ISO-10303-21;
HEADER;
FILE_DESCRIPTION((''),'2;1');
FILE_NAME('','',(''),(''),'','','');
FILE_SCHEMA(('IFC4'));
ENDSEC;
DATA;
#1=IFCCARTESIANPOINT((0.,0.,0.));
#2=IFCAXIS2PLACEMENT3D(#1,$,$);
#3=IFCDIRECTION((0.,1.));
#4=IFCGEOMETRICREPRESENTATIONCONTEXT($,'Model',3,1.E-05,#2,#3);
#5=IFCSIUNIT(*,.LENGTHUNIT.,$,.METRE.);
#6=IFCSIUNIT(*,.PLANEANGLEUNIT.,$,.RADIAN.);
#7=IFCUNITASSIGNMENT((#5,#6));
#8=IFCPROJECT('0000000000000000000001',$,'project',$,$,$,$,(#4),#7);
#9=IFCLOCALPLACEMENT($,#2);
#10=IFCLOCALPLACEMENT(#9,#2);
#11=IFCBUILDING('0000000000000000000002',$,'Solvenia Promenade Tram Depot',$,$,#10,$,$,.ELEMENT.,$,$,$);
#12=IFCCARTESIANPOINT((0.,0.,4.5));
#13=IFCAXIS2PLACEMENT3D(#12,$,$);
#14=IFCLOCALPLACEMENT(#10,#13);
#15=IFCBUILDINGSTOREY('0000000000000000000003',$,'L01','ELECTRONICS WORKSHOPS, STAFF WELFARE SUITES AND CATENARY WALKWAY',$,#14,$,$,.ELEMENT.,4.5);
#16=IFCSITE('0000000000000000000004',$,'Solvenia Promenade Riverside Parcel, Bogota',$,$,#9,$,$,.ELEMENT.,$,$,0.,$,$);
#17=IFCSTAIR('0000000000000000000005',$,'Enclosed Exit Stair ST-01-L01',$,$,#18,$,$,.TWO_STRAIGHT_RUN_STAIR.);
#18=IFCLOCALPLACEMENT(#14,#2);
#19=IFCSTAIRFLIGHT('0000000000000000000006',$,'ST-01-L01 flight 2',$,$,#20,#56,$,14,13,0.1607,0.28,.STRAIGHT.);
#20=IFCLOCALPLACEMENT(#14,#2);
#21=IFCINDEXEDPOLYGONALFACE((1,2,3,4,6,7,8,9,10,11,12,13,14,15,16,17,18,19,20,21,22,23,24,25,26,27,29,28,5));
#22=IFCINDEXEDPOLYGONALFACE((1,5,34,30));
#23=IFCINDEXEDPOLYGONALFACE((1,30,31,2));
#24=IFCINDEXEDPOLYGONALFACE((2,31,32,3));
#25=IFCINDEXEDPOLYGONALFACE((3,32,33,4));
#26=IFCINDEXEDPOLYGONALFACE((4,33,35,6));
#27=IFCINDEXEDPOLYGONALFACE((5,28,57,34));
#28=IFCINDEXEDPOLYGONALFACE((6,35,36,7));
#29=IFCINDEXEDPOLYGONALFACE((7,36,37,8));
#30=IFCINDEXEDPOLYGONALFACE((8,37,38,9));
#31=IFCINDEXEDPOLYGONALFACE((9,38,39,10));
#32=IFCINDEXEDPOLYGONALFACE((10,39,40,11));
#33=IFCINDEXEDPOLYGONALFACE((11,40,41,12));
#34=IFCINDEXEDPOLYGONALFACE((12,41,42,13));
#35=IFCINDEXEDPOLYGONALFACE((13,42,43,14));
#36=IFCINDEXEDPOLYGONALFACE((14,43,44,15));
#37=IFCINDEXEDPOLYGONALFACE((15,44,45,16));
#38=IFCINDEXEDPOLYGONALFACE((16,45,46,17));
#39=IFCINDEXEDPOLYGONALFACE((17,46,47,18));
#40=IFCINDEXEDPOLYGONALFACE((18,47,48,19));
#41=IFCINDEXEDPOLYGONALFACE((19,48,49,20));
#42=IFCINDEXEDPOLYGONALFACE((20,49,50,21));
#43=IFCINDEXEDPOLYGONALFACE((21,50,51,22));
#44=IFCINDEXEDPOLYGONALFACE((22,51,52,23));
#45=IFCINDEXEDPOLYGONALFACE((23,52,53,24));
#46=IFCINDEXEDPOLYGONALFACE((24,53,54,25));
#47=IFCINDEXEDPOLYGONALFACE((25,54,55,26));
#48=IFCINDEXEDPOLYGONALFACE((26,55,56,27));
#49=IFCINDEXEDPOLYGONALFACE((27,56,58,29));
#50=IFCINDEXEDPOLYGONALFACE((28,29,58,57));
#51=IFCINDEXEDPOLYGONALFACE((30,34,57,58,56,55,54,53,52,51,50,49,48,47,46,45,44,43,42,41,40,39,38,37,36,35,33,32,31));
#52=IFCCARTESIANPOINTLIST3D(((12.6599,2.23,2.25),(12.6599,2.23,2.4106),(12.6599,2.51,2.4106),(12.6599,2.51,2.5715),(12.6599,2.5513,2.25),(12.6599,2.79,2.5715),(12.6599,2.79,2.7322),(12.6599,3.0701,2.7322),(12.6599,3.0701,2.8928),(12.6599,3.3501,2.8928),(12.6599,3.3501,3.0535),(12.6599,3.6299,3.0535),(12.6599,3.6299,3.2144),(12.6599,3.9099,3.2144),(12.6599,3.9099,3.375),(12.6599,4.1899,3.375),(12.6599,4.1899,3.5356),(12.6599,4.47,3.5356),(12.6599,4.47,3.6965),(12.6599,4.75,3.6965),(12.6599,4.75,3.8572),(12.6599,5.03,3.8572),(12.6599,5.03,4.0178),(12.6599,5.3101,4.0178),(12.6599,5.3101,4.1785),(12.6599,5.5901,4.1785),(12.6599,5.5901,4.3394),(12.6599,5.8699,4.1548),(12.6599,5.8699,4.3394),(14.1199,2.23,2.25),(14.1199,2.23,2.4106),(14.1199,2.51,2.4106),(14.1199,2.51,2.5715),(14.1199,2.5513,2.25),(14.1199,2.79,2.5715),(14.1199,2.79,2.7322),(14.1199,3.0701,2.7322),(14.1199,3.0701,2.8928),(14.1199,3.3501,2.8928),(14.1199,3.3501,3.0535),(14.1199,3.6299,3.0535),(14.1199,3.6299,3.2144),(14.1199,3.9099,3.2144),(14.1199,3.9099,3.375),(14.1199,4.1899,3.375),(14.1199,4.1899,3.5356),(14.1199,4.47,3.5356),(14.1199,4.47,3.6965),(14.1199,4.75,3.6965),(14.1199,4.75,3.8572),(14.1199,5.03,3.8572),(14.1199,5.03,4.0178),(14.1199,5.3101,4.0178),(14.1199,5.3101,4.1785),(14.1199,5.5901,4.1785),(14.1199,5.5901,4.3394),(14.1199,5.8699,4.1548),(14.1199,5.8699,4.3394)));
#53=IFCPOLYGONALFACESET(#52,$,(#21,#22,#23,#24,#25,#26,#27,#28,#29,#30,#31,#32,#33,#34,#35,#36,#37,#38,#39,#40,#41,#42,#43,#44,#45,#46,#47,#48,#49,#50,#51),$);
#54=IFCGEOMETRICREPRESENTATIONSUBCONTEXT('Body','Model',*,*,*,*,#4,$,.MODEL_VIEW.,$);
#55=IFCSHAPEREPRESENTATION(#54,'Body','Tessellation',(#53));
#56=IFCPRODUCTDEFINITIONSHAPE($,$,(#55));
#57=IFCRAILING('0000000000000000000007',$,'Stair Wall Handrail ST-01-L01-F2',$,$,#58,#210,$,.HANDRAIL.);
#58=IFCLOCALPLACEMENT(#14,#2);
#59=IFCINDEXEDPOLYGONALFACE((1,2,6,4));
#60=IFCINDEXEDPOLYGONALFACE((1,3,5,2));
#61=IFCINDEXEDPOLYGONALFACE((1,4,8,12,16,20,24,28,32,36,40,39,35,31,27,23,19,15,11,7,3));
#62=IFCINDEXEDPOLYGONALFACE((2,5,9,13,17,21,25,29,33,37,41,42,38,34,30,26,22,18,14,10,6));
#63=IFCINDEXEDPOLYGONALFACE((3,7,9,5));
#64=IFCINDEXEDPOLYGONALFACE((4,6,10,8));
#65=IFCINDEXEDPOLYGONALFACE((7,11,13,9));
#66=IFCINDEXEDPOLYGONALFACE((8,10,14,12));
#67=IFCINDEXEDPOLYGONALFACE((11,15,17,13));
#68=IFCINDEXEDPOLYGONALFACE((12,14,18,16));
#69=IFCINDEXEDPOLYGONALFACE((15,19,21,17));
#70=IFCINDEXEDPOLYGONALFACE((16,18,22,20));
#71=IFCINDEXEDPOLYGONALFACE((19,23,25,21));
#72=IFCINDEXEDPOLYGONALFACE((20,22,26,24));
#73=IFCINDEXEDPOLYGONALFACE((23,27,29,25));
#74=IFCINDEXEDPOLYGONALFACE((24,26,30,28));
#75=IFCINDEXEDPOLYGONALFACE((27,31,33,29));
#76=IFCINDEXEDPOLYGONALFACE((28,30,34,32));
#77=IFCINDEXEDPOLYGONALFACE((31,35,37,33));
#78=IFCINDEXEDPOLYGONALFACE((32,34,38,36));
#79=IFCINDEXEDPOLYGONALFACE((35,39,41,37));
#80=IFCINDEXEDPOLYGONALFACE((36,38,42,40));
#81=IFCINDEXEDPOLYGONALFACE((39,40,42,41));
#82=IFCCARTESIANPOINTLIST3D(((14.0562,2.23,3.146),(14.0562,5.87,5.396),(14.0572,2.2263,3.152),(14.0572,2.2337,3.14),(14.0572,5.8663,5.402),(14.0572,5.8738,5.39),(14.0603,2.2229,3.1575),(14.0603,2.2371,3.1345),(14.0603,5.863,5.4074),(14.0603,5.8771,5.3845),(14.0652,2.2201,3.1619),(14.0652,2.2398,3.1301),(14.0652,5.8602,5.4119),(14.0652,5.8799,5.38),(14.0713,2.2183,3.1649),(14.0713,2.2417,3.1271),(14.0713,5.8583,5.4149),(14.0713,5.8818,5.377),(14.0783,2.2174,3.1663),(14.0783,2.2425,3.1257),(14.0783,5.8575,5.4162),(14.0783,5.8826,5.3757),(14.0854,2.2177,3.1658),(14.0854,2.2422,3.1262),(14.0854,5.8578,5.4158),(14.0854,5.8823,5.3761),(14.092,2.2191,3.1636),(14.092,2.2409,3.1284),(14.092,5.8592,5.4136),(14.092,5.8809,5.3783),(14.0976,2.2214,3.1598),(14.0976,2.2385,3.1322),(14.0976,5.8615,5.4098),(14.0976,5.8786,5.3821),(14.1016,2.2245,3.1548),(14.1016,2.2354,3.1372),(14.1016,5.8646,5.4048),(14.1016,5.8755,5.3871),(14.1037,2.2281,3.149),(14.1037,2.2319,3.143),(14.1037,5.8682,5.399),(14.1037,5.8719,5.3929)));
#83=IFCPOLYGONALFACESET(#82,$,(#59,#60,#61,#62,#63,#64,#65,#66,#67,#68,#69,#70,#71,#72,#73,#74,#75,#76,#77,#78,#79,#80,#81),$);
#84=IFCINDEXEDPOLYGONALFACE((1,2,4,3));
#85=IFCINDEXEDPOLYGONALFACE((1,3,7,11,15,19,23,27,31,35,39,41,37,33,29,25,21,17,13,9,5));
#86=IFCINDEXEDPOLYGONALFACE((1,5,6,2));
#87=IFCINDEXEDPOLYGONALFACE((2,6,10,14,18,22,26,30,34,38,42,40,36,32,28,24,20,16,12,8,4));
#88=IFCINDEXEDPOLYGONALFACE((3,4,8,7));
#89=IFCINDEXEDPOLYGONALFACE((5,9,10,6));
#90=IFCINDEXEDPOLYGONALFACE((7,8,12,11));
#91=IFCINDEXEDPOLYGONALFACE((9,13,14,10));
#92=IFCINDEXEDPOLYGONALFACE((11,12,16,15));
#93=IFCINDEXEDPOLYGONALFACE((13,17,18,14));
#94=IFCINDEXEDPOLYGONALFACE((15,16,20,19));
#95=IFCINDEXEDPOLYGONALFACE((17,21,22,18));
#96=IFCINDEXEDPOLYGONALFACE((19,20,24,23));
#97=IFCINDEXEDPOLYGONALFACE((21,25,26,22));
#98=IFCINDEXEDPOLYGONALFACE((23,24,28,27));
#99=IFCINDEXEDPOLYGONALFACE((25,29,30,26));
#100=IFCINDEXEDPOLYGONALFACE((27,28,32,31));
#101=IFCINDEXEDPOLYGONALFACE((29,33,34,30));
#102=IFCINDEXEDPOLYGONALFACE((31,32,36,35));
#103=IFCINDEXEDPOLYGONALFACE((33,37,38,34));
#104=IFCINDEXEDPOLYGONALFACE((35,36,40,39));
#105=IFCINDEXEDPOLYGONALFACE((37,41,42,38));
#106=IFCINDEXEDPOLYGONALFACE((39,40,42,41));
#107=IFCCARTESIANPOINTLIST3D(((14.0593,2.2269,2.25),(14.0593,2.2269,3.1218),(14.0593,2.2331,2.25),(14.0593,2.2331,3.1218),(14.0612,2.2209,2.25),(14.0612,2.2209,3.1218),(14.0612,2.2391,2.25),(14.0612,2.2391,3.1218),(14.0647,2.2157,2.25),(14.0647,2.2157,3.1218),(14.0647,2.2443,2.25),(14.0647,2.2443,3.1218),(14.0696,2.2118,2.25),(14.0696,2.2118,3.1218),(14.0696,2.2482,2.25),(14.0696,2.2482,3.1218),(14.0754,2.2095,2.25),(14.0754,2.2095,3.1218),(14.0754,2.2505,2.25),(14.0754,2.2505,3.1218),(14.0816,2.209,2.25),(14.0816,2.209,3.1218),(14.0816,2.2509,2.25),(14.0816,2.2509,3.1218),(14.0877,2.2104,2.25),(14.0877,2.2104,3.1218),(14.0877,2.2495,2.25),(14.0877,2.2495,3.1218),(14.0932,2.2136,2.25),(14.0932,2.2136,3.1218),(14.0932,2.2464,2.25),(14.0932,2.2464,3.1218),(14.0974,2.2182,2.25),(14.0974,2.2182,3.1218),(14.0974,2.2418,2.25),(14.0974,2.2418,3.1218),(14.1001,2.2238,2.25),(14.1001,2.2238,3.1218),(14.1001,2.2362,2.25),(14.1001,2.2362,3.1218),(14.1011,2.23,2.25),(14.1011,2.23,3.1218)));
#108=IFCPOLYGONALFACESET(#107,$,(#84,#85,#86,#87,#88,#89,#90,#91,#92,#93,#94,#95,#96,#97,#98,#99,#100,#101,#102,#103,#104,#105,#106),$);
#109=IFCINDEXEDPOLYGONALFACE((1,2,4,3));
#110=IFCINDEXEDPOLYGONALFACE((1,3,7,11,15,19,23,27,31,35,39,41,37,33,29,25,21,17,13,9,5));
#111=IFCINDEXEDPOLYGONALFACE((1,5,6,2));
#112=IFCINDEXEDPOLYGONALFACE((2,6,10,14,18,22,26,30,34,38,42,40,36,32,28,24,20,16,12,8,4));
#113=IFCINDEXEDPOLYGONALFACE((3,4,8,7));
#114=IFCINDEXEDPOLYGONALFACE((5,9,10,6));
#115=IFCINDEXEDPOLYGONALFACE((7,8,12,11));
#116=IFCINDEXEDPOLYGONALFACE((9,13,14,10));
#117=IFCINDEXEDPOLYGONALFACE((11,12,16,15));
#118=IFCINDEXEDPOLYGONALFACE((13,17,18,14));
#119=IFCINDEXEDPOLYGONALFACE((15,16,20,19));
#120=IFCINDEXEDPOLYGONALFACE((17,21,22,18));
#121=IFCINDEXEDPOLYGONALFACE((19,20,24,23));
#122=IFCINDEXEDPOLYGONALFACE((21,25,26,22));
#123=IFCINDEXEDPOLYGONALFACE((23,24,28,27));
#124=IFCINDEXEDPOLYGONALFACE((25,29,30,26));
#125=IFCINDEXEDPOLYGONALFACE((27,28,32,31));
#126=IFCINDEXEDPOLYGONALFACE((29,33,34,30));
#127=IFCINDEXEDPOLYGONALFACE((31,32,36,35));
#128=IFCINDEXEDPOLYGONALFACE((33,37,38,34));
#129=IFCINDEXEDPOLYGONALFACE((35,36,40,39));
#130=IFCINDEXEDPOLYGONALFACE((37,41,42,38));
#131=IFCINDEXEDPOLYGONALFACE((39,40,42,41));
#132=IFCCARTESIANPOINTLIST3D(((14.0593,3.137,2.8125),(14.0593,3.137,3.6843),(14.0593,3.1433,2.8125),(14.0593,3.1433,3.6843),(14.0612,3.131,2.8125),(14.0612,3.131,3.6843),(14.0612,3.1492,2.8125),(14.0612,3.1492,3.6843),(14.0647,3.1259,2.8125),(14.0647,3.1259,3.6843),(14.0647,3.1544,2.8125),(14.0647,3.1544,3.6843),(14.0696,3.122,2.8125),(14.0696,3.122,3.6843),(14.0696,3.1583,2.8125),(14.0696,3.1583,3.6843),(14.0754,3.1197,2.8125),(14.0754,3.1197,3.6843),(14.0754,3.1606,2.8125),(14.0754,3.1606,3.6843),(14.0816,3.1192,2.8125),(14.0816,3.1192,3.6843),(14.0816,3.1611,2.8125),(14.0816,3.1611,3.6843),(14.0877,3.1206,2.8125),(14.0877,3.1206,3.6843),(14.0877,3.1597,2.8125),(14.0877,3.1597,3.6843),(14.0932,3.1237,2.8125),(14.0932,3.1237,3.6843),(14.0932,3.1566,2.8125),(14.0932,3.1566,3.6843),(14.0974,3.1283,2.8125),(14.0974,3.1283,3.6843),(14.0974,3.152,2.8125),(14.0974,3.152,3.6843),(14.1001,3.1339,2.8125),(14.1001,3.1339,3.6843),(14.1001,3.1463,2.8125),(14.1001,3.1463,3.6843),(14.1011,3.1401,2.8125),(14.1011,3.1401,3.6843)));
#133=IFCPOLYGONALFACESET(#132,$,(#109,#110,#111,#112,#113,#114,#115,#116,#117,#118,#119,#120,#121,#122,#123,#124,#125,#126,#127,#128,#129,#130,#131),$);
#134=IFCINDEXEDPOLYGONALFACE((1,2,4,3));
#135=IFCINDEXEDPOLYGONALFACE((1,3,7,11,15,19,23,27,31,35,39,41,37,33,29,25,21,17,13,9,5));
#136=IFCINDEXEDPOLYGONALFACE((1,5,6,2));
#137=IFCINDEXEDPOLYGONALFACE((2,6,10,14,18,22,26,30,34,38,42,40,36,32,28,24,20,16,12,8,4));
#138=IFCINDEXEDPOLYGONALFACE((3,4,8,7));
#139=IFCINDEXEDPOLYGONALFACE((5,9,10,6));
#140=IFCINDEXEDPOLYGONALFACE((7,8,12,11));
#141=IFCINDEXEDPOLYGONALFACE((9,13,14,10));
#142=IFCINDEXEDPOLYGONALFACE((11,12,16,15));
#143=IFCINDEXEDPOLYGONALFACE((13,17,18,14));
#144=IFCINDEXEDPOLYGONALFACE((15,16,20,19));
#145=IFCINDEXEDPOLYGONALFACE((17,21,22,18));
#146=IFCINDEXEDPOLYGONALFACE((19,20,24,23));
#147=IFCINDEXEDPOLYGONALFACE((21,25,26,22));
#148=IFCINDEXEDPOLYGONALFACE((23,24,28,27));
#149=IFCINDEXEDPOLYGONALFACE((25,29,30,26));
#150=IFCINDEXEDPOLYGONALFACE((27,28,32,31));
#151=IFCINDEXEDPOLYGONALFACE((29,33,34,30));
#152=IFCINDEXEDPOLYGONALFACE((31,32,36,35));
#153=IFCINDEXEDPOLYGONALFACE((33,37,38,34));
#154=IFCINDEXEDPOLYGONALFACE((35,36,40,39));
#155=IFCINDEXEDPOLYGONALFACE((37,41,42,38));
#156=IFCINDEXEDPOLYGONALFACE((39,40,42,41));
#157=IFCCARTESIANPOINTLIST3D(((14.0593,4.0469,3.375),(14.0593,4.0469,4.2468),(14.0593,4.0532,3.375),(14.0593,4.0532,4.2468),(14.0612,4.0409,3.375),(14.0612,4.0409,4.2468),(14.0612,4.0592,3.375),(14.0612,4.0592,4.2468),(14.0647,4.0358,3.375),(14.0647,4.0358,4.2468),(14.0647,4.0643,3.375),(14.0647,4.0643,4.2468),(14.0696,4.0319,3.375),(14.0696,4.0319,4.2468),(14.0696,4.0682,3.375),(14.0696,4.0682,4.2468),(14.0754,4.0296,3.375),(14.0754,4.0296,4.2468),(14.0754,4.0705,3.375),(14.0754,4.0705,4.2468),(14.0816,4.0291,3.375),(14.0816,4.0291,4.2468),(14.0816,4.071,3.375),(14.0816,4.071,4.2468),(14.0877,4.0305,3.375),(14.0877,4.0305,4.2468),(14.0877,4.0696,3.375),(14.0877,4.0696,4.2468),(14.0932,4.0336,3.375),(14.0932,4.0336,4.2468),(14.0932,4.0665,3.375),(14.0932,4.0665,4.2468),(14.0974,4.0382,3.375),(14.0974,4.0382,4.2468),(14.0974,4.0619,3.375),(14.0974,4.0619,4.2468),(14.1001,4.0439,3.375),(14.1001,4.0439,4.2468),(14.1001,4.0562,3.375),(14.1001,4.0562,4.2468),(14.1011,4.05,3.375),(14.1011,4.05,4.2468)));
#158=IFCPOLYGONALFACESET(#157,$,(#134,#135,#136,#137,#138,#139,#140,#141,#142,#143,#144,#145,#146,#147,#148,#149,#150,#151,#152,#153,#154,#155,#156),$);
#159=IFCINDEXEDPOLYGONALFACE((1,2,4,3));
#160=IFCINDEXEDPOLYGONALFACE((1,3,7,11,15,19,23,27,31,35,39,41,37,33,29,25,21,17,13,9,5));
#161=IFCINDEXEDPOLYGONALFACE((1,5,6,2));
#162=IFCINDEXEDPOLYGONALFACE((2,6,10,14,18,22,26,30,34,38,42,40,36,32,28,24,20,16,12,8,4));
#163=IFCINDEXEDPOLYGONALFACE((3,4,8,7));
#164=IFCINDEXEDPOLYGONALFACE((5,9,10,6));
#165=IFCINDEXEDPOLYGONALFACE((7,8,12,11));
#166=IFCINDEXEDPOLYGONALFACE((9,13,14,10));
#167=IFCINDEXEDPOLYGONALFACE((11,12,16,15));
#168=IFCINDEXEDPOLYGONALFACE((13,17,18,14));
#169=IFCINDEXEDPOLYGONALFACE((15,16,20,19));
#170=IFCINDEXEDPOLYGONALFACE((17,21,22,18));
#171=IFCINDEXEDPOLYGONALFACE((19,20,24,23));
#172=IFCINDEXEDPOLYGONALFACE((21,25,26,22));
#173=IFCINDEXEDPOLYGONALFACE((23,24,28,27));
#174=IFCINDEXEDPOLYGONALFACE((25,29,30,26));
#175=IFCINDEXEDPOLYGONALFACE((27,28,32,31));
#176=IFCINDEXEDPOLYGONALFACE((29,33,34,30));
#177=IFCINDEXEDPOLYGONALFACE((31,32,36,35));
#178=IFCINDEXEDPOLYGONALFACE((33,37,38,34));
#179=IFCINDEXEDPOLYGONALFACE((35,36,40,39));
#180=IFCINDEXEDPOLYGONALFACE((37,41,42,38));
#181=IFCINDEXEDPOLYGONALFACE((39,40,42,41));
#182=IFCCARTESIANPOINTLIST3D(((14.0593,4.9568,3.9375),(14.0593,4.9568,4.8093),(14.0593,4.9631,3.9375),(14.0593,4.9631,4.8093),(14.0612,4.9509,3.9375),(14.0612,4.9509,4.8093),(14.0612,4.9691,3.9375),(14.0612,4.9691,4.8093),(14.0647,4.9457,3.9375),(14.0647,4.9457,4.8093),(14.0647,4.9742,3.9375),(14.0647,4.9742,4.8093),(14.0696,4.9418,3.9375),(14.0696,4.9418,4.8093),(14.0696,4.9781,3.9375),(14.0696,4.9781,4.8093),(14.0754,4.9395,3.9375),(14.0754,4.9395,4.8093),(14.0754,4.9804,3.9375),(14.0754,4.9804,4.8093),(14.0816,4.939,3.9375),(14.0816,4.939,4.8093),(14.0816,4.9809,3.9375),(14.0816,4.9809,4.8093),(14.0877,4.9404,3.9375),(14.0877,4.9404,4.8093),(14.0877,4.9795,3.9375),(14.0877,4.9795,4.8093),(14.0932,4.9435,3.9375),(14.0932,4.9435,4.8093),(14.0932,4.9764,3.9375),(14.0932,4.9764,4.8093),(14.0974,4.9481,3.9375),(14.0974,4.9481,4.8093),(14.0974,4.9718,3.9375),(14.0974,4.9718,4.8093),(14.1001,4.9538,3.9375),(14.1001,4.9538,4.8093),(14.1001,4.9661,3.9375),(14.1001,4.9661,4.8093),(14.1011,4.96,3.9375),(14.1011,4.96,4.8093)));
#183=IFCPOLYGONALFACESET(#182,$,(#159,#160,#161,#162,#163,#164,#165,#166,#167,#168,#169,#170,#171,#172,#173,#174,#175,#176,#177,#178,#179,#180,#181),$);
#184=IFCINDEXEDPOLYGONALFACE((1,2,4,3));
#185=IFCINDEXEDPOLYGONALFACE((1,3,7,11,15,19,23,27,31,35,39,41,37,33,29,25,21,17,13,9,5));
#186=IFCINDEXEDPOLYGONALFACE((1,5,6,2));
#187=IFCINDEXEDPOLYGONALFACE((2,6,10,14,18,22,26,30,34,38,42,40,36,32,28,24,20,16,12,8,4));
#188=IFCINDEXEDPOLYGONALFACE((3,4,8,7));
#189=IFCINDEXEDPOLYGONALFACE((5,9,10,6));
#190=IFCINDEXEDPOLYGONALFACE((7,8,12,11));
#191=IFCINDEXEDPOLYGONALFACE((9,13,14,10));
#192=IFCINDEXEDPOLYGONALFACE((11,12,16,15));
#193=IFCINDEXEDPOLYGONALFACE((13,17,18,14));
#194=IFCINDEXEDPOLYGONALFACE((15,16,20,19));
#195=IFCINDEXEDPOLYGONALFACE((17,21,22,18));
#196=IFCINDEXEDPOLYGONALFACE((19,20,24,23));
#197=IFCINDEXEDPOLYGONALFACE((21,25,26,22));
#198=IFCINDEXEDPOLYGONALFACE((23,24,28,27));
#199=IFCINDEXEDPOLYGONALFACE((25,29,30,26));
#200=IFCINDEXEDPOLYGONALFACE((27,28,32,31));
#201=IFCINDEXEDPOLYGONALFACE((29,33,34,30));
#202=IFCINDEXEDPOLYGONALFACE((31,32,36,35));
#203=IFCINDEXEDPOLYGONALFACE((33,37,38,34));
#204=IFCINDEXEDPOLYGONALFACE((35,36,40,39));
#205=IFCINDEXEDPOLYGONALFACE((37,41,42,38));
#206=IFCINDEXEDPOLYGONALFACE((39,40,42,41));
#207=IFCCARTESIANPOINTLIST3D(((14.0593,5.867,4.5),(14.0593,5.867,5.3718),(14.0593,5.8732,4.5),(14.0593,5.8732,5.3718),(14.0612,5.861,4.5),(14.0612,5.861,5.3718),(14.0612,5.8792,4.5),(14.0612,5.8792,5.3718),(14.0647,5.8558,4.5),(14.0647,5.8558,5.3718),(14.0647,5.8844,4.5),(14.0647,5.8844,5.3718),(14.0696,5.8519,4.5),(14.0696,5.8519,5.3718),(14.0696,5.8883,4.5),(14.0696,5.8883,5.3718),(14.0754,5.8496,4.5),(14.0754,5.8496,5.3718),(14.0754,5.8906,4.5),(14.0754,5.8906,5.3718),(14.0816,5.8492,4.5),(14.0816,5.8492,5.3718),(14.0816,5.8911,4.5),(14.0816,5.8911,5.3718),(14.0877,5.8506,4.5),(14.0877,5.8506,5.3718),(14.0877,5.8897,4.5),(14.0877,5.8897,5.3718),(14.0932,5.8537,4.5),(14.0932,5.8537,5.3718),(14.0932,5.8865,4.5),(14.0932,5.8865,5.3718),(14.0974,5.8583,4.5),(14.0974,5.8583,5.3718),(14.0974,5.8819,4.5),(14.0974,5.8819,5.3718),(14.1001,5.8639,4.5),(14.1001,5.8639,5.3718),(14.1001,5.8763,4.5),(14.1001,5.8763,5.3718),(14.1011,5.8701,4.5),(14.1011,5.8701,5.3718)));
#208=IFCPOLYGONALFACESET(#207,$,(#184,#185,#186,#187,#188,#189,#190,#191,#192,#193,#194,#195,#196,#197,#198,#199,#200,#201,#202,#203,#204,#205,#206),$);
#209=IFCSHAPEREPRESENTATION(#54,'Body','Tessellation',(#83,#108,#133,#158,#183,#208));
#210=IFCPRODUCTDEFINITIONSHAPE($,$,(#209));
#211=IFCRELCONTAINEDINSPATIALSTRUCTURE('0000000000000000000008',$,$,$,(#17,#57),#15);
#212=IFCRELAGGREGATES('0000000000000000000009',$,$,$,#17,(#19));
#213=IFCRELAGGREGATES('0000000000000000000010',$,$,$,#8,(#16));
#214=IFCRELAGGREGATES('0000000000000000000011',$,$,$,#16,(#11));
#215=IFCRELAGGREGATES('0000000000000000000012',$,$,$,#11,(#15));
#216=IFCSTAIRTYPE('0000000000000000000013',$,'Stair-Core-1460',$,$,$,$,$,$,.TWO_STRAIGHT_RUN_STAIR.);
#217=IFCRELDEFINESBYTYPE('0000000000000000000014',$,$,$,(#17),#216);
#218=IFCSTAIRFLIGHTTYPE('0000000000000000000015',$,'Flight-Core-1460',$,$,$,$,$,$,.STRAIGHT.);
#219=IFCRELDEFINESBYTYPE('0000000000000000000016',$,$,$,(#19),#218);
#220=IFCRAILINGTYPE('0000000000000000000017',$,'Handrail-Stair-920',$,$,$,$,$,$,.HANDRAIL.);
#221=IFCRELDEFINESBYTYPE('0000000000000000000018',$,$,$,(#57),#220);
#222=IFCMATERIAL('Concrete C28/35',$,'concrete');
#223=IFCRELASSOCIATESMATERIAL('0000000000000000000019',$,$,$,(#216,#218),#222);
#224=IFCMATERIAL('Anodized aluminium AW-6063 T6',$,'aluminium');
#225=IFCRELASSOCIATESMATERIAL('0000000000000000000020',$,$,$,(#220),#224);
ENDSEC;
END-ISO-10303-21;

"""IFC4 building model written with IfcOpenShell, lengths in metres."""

from ifc_helpers import new_model, si_unit, direction, frame, origin, origin_2d, place, context, subcontext, project, spatial, polyline, circle, outline, extrude, material, type_object, element, aggregate, save


model = new_model("IFC4")

# Units and contexts
model_context = context("Model", 3, precision=1e-05, world=origin(), true_north=direction((0.0, 1.0)))
body_context = subcontext(model_context, "Body", "Model", "MODEL_VIEW")
ifc_project = project(units=[si_unit("LENGTHUNIT", "METRE"), si_unit("PLANEANGLEUNIT", "RADIAN")], contexts=[model_context])

# Site, building, storey
site_placement = place(None, origin())
site = spatial("IfcSite", under=ifc_project, at=site_placement, Name="Solvenia Promenade Riverside Parcel, Bogota", CompositionType="ELEMENT", RefElevation=0.0)
building_placement = place(site_placement, origin())
building = spatial("IfcBuilding", under=site, at=building_placement, Name="Solvenia Promenade Tram Depot", CompositionType="ELEMENT")
storey_placement = place(building_placement, frame((0.0, 0.0, 4.5)))
storey = spatial("IfcBuildingStorey", under=building, at=storey_placement, Name="L01", Description="ELECTRONICS WORKSHOPS, STAFF WELFARE SUITES AND CATENARY WALKWAY", CompositionType="ELEMENT", Elevation=4.5)

# Shared definitions
ifc_material_1 = material(Name="Anodized aluminium AW-6063 T6", Category="aluminium")

# Shared definitions
ifc_material_2 = material(Name="Concrete C28/35", Category="concrete")

# Stair, stair flight
stair_type = type_object("IfcStairType", Name="Stair-Core-1460", PredefinedType="TWO_STRAIGHT_RUN_STAIR", material=ifc_material_2)
stair_placement = place(storey_placement, origin())
stair = element("IfcStair", 1, at=stair_placement, inside=storey, type_object=stair_type, Name="Enclosed Exit Stair ST-01-L01", PredefinedType="TWO_STRAIGHT_RUN_STAIR")
stair_flight_type = type_object("IfcStairFlightType", Name="Flight-Core-1460", PredefinedType="STRAIGHT", material=ifc_material_2)
stair_flight_placement = place(storey_placement, frame((13.3899, 2.23, 2.25), z_axis=(0.0, 0.0, 1.0), x_axis=(0.0, 1.0, 0.0)))
stair_flight = element("IfcStairFlight", 2, at=stair_flight_placement, type_object=stair_flight_type, Name="ST-01-L01 flight 2", NumberOfRisers=14, NumberOfTreads=13, PredefinedType="STRAIGHT", RiserHeight=0.1607, TreadLength=0.28, context=body_context, shape_type="SweptSolid", body=[
    extrude(outline(polyline([(0.0, 0.0), (0.0, 0.1606), (0.28, 0.1606), (0.28, 0.3215), (0.5601, 0.3215), (0.5601, 0.4822), (0.8401, 0.4822), (0.8401, 0.6428), (1.1201, 0.6428), (1.1201, 0.8035), (1.3999, 0.8035), (1.3999, 0.9644), (1.6799, 0.9644), (1.6799, 1.125), (1.96, 1.125), (1.96, 1.2856), (2.24, 1.2856), (2.24, 1.4465), (2.52, 1.4465), (2.52, 1.6072), (2.8, 1.6072), (2.8, 1.7678), (3.0801, 1.7678), (3.0801, 1.9285), (3.3601, 1.9285), (3.3601, 2.0894), (3.6399, 2.0894), (3.6399, 2.25), (3.6399, 1.9048), (0.3213, 0.0), (0.0, 0.0)])), frame((0.0, 0.73, 0.0), z_axis=(0.0, -1.0, 0.0), x_axis=(1.0, 0.0, 0.0)), (0.0, 0.0, 1.0), 1.46),
])
aggregate(stair, [stair_flight])

# Railing
railing_type = type_object("IfcRailingType", Name="Handrail-Stair-920", PredefinedType="HANDRAIL", material=ifc_material_1)
railing_placement = place(storey_placement, frame((14.0801, 2.23, 2.25)))
element("IfcRailing", 3, at=railing_placement, inside=storey, type_object=railing_type, Name="Stair Wall Handrail ST-01-L01-F2", PredefinedType="HANDRAIL", context=body_context, shape_type="SweptSolid", body=[
    extrude(circle(Radius=0.0239, at=origin_2d()), frame((0.0, 0.0, 0.896), z_axis=(0.0, 0.850622, 0.525777), x_axis=(-1.0, 0.0, 0.0)), (0.0, 0.0, 1.0), 4.2793),
    extrude(circle(Radius=0.021, at=origin_2d()), origin(), (0.0, 0.0, 1.0), 0.8718),
    extrude(circle(Radius=0.021, at=origin_2d()), frame((0.0, 0.9102, 0.5625)), (0.0, 0.0, 1.0), 0.8718),
    extrude(circle(Radius=0.021, at=origin_2d()), frame((0.0, 1.8201, 1.125)), (0.0, 0.0, 1.0), 0.8718),
    extrude(circle(Radius=0.021, at=origin_2d()), frame((0.0, 2.73, 1.6875)), (0.0, 0.0, 1.0), 0.8718),
    extrude(circle(Radius=0.021, at=origin_2d()), frame((0.0, 3.6401, 2.25)), (0.0, 0.0, 1.0), 0.8718),
])

save(model, "model.ifc")
